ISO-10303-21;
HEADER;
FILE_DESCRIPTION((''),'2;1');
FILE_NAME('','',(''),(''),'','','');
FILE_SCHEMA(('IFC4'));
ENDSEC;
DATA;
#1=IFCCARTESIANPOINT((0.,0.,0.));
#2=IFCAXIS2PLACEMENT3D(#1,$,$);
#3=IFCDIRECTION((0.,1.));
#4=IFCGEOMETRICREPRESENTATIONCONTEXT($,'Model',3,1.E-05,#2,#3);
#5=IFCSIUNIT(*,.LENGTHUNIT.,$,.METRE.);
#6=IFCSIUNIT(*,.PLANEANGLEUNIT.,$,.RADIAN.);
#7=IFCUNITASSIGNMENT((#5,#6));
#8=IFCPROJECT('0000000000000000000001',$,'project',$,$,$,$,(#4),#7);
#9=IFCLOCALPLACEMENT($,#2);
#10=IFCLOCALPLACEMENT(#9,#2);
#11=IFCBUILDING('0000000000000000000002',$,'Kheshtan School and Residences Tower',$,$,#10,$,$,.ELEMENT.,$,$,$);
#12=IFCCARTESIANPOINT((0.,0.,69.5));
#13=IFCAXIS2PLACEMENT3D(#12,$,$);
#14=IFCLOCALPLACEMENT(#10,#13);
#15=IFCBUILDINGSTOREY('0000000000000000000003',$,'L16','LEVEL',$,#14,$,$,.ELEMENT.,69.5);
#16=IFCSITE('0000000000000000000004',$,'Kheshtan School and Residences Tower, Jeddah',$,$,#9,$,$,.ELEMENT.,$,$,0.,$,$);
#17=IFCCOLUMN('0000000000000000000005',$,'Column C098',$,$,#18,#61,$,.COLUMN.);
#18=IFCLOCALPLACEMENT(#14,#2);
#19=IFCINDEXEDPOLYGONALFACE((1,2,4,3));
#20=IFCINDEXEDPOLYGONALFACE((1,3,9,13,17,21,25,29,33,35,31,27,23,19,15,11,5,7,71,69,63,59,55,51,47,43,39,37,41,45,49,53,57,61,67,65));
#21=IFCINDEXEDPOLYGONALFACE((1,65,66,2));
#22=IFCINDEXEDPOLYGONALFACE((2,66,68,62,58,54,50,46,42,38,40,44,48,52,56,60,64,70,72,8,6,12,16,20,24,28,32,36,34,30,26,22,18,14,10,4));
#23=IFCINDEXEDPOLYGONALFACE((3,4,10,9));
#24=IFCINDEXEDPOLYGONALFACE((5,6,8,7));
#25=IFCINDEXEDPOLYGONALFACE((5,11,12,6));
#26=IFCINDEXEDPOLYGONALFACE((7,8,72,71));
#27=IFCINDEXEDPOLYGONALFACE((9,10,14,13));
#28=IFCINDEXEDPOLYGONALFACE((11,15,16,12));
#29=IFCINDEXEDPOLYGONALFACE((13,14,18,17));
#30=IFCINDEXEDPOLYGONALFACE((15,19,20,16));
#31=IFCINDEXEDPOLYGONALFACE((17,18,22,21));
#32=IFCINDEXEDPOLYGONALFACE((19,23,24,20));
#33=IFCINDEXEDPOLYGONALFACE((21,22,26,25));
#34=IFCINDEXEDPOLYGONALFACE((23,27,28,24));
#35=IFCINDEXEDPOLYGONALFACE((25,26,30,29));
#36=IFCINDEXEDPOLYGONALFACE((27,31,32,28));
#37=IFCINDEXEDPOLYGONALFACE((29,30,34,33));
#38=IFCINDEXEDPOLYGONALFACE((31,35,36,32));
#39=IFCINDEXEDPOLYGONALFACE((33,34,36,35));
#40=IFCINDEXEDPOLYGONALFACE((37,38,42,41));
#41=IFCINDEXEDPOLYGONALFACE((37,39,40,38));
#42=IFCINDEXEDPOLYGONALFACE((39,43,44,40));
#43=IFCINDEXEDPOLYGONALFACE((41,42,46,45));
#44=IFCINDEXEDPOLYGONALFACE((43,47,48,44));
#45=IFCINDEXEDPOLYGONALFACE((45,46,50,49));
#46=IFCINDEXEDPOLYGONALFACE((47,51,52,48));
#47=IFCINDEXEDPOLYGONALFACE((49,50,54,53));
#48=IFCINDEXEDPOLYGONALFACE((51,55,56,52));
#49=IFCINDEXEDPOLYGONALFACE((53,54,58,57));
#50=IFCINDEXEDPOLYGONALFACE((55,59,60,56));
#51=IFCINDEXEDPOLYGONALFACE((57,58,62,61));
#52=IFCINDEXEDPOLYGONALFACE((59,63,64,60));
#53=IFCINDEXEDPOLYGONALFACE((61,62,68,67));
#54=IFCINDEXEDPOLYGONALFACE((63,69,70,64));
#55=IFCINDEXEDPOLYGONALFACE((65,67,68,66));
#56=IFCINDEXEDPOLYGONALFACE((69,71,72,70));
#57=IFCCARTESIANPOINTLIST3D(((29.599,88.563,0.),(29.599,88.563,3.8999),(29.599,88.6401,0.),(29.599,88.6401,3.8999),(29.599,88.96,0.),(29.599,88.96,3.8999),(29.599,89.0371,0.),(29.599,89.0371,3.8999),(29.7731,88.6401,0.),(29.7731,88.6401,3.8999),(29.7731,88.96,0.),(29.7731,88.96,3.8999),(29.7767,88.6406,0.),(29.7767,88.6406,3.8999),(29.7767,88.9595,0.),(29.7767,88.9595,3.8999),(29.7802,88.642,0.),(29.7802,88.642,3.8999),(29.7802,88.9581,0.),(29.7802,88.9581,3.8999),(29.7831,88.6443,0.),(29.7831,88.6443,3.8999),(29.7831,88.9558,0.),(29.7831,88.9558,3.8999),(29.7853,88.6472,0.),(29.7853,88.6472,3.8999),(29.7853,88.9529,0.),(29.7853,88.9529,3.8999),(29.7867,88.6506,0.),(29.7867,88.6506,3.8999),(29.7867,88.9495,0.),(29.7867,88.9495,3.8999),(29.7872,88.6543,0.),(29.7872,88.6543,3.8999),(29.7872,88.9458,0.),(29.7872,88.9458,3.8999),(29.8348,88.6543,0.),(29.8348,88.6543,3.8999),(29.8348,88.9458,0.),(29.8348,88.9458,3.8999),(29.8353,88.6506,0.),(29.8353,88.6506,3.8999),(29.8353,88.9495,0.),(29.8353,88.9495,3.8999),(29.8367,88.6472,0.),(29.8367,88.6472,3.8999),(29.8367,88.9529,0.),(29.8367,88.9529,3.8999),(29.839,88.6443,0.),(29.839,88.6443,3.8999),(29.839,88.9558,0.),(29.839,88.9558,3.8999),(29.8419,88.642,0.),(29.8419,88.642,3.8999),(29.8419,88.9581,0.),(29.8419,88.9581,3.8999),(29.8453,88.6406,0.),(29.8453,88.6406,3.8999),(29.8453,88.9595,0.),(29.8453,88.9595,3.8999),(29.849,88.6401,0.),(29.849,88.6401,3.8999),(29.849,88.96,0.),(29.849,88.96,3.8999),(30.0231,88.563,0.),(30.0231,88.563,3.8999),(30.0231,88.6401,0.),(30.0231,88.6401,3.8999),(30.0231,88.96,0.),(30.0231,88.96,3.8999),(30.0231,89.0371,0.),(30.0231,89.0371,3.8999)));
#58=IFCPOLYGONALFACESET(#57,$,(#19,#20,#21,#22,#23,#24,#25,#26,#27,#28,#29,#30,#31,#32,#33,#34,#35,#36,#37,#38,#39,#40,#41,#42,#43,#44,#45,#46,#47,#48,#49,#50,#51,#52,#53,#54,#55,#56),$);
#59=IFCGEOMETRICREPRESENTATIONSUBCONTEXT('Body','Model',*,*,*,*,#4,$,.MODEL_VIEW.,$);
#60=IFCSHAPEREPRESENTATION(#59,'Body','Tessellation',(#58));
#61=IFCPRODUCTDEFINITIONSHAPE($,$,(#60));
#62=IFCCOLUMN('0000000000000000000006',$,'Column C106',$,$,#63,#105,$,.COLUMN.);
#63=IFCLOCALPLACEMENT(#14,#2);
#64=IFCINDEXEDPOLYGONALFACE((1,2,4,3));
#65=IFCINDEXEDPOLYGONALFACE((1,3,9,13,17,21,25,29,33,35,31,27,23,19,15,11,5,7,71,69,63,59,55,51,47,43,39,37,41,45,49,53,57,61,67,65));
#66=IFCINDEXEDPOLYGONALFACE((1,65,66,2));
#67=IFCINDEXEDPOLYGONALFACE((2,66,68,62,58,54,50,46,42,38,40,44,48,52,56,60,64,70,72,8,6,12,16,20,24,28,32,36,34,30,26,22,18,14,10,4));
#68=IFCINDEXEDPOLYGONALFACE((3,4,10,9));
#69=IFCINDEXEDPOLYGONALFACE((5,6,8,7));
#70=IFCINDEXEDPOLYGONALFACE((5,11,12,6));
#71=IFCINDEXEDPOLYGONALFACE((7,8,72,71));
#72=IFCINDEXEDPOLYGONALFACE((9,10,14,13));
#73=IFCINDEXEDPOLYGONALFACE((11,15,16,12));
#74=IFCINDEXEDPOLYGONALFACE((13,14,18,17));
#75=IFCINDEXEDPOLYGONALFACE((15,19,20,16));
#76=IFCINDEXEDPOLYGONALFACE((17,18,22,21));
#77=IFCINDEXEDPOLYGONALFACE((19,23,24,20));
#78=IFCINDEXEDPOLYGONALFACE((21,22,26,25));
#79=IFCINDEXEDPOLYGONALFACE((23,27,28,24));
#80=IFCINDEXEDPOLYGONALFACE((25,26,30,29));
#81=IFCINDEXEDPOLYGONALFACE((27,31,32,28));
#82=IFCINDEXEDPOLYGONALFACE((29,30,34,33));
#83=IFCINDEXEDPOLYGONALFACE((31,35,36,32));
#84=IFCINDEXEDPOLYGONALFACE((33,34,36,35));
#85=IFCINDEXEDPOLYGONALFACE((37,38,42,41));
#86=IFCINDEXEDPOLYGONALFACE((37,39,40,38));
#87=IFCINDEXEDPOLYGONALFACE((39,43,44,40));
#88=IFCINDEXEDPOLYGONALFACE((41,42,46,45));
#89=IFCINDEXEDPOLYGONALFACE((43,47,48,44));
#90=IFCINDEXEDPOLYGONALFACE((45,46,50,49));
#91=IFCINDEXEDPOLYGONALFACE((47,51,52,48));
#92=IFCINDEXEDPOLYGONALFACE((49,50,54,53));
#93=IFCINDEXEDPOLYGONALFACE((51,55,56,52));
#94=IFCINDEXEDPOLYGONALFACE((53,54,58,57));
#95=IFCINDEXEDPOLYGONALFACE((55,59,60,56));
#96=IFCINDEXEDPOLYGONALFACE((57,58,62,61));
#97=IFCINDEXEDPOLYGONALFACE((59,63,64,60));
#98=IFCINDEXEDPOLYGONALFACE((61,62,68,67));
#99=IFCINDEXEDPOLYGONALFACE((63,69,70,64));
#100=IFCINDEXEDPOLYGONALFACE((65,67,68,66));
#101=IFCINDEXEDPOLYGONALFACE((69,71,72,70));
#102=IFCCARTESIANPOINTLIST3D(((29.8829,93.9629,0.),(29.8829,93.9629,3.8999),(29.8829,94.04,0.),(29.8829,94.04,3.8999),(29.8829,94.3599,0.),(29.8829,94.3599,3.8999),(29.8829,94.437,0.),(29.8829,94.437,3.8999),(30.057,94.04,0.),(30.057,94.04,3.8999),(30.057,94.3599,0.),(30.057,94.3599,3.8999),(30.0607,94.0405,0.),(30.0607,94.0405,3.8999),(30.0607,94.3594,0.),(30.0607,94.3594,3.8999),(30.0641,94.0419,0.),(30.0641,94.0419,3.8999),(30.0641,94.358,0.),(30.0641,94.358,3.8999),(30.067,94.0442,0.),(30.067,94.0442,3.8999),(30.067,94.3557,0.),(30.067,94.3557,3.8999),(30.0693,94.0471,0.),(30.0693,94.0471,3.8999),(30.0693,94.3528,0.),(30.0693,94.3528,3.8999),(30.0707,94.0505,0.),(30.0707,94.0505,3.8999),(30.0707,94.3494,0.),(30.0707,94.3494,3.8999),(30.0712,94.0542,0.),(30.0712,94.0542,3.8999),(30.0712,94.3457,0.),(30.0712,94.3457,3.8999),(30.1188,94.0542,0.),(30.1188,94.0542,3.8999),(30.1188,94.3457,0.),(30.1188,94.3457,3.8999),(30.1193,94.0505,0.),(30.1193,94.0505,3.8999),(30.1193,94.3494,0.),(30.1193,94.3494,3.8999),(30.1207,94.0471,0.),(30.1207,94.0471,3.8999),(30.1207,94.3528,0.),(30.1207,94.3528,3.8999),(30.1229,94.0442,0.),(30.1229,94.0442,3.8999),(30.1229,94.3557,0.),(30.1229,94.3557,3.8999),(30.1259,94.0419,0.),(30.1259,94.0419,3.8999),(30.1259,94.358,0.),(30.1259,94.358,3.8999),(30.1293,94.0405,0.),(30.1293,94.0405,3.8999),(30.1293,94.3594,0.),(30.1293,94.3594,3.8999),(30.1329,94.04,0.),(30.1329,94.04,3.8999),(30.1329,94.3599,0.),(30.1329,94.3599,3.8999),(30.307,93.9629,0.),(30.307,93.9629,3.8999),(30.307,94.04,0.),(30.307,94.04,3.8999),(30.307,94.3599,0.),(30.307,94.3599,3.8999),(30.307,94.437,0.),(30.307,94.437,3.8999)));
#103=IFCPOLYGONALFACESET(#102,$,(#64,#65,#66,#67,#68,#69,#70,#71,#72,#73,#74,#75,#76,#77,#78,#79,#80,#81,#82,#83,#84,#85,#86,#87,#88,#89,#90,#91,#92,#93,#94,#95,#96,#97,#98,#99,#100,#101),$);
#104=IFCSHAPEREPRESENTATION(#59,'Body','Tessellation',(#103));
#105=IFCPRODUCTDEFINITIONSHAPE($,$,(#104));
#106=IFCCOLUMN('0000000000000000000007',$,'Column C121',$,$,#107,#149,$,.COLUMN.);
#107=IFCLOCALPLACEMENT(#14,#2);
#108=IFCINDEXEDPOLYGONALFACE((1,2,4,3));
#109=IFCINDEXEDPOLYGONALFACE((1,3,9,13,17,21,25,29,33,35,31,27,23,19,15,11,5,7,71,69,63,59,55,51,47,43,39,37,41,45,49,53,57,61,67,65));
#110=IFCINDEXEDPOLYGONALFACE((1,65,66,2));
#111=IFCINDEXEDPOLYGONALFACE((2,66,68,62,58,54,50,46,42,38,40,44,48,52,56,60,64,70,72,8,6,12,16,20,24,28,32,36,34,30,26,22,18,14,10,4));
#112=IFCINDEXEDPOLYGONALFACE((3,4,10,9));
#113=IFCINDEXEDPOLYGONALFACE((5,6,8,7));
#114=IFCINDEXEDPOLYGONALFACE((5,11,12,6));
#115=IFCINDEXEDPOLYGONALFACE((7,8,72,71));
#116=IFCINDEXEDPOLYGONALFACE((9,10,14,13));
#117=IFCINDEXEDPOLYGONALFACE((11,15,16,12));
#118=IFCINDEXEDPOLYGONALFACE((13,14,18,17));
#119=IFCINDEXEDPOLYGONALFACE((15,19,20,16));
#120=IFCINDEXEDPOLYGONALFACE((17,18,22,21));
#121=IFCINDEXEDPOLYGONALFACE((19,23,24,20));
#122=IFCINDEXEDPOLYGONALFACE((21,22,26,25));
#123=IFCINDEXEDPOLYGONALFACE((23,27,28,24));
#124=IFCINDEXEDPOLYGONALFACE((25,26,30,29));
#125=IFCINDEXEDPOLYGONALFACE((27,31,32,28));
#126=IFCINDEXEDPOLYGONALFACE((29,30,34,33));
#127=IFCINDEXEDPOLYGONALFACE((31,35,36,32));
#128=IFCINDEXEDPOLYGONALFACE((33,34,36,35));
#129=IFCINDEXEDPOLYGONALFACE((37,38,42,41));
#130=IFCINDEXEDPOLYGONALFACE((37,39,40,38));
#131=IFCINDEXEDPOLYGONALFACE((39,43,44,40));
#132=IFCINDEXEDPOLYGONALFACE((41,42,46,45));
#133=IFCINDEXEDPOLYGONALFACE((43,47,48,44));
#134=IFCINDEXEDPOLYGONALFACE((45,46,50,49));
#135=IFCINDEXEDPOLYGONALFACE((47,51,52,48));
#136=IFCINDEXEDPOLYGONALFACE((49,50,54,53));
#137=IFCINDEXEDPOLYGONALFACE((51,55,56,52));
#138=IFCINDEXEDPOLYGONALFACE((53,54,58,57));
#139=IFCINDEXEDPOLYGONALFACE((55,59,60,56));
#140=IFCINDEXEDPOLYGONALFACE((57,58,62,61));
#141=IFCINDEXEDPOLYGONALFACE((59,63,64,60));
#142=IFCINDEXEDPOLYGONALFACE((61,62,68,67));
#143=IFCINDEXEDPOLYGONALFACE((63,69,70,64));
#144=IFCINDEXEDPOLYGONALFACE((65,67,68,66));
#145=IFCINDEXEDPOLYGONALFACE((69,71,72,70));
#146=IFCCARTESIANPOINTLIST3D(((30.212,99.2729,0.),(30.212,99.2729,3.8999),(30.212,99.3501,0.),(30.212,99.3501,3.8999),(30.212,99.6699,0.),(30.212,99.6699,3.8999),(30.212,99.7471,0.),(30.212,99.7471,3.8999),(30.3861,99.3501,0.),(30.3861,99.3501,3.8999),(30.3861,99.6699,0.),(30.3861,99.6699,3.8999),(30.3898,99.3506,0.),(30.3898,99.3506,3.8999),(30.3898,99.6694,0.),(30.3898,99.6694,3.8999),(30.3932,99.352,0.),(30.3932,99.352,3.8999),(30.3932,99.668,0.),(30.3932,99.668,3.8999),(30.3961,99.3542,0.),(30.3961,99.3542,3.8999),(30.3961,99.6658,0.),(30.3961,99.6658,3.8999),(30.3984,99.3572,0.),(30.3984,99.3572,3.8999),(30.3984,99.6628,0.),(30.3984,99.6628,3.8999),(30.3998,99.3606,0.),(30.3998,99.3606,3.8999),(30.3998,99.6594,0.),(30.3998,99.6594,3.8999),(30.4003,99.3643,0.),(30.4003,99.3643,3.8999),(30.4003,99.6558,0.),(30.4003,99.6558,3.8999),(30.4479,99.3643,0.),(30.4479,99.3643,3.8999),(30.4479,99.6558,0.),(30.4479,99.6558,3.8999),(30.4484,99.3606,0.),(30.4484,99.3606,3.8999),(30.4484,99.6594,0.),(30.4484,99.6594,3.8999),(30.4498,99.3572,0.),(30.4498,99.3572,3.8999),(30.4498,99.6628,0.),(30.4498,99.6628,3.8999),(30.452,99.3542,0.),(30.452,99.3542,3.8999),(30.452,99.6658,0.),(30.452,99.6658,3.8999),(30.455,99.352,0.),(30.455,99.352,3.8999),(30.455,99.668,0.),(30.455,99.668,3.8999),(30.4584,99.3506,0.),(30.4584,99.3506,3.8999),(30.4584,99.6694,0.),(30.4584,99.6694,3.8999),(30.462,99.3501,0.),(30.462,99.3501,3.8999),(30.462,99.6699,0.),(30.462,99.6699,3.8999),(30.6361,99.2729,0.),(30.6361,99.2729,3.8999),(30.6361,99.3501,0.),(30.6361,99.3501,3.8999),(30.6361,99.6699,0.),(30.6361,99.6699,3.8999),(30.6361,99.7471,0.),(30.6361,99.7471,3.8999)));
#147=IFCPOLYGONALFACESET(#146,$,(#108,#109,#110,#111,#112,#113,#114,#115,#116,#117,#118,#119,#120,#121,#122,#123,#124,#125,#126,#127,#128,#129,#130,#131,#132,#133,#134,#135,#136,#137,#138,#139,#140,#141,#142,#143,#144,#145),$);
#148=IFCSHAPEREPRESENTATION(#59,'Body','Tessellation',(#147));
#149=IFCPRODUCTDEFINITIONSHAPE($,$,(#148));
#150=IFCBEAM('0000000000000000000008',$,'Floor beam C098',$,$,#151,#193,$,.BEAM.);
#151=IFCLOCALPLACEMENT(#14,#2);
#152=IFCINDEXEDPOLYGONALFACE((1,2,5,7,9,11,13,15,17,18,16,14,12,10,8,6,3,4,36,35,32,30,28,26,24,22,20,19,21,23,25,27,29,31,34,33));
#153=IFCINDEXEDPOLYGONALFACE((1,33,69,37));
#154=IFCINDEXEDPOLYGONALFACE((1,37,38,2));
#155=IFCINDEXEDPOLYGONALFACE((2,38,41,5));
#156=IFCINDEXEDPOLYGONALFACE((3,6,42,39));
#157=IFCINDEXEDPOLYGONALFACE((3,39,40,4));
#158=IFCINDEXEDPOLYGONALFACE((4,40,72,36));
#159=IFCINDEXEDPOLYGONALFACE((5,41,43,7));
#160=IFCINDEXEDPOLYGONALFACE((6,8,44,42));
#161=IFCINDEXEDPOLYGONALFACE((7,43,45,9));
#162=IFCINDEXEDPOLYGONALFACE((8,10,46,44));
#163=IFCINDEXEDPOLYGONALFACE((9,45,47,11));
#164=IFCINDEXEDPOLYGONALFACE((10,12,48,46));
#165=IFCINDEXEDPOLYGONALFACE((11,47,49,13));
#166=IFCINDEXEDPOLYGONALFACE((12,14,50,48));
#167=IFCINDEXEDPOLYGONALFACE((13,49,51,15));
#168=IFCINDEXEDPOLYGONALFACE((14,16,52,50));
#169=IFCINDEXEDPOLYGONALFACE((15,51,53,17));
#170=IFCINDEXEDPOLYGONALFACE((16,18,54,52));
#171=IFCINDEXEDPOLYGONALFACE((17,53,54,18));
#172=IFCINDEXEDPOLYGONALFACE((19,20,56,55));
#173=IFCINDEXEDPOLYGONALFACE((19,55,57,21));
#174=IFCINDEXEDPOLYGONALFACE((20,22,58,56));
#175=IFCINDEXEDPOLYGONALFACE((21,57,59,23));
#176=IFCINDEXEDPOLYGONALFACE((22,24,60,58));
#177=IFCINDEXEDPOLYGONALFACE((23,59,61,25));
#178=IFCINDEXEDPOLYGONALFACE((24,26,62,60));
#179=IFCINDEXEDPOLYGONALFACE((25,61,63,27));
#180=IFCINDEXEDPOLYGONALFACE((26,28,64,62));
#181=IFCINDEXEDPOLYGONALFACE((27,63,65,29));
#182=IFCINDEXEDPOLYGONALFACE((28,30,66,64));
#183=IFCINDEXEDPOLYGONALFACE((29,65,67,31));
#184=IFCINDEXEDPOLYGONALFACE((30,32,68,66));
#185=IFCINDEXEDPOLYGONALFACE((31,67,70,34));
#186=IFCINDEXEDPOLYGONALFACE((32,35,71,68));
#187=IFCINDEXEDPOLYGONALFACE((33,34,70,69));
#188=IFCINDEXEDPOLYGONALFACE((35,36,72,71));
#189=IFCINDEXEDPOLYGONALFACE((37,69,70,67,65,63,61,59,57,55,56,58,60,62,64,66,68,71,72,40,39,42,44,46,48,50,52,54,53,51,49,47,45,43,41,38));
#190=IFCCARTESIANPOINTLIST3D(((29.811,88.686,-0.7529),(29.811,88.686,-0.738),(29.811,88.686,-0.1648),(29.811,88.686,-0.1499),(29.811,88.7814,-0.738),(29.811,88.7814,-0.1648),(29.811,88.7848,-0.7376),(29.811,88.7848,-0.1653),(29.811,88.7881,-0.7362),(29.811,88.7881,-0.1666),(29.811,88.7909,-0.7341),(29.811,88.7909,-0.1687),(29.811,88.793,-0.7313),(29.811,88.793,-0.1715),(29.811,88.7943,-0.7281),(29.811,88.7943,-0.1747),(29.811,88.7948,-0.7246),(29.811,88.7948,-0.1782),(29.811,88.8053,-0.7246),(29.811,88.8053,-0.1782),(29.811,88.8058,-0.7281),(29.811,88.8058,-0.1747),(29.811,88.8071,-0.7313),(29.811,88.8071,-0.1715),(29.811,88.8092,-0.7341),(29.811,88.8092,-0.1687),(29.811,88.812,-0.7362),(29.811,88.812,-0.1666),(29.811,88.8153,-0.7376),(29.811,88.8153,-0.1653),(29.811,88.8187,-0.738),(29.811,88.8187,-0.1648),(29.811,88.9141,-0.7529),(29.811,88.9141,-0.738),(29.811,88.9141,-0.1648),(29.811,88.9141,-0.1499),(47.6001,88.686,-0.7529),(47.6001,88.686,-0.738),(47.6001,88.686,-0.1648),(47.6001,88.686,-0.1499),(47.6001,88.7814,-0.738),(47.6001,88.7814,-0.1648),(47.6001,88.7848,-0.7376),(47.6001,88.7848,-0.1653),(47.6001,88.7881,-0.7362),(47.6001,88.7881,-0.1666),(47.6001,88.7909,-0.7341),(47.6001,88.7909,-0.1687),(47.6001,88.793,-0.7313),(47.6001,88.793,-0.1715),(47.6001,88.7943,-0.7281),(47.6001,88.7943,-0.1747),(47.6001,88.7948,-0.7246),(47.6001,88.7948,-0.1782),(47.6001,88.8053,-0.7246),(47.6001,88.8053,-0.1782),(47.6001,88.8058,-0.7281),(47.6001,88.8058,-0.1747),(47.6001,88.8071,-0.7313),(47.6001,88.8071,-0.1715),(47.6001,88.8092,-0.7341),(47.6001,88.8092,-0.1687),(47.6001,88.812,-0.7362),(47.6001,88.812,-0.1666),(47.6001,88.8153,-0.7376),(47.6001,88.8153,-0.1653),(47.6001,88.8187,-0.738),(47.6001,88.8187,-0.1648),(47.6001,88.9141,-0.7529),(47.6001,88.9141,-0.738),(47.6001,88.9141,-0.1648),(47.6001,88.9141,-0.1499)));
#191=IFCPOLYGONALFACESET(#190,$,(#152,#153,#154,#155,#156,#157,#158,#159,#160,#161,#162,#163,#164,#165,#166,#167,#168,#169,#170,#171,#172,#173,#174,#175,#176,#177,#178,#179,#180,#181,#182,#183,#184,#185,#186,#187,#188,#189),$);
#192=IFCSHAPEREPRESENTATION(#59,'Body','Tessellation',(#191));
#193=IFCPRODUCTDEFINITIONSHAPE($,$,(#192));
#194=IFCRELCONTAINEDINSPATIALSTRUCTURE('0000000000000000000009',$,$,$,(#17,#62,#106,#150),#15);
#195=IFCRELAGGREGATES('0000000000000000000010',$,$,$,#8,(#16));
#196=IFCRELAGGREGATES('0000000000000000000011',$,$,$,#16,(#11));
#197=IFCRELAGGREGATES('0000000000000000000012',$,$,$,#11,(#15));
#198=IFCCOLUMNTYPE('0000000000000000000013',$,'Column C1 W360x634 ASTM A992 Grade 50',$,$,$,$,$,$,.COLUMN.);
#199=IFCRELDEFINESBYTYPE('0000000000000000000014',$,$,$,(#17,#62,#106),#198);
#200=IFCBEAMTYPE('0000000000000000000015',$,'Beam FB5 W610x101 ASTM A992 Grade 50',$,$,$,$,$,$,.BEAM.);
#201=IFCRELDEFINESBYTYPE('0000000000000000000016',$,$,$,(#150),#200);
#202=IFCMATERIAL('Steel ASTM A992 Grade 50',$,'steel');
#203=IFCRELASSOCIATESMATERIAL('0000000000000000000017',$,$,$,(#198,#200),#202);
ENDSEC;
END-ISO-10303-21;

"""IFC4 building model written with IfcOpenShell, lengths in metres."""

from ifc_helpers import new_model, si_unit, direction, frame, origin, origin_2d, place, context, subcontext, project, spatial, i_section, extrude, material, material_profile, profile_set, type_object, element, save


model = new_model("IFC4")

# Units and contexts
model_context = context("Model", 3, precision=1e-05, world=origin(), true_north=direction((0.0, 1.0)))
body_context = subcontext(model_context, "Body", "Model", "MODEL_VIEW")
ifc_project = project(units=[si_unit("LENGTHUNIT", "METRE"), si_unit("PLANEANGLEUNIT", "RADIAN")], contexts=[model_context])

# Site, building, storey
site_placement = place(None, origin())
site = spatial("IfcSite", under=ifc_project, at=site_placement, Name="Kheshtan School and Residences Tower, Jeddah", CompositionType="ELEMENT", RefElevation=0.0)
building_placement = place(site_placement, origin())
building = spatial("IfcBuilding", under=site, at=building_placement, Name="Kheshtan School and Residences Tower", CompositionType="ELEMENT")
storey_placement = place(building_placement, frame((0.0, 0.0, 69.5)))
storey = spatial("IfcBuildingStorey", under=building, at=storey_placement, Name="L16", Description="LEVEL", CompositionType="ELEMENT", Elevation=69.5)

# Columns
ifc_material_1 = material(Name="Steel ASTM A992 Grade 50", Category="steel")
ifc_material_profile_1 = material_profile(ifc_material_1, i_section(OverallWidth=0.4241, OverallDepth=0.4741, WebThickness=0.0476, FlangeThickness=0.0771, FilletRadius=0.0142, at=origin_2d()), Name="W360x634")
ifc_profile_set_1 = profile_set([ifc_material_profile_1], Name="Steel ASTM A992 Grade 50")
column_type = type_object("IfcColumnType", Name="Column C1 W360x634 ASTM A992 Grade 50", PredefinedType="COLUMN", material=ifc_profile_set_1)
for number, where, z_axis, x_axis, name in (
    (1, (29.811, 88.8, 0.0), (0.0, 0.0, 1.0), (1.0, 0.0, 0.0), "Column C098"),
    (2, (30.095, 94.2, 0.0), (0.0, 0.0, 1.0), (1.0, 0.0, 0.0), "Column C106"),
    (3, (30.4241, 99.51, 0.0), (0.0, 0.0, 1.0), (1.0, 0.0, 0.0), "Column C121"),
):
    element("IfcColumn", number, at=place(storey_placement, frame(where, z_axis=z_axis, x_axis=x_axis)), inside=storey, type_object=column_type, Name=name, PredefinedType="COLUMN", context=body_context, shape_type="SweptSolid", body=[
        extrude(i_section(OverallWidth=0.4241, OverallDepth=0.4741, WebThickness=0.0476, FlangeThickness=0.0771, FilletRadius=0.0142, at=origin_2d()), origin(), (0.0, 0.0, 1.0), 3.8999),
    ])

# Beam
ifc_material_profile_2 = material_profile(ifc_material_1, i_section(OverallWidth=0.228, OverallDepth=0.603, WebThickness=0.0105, FlangeThickness=0.0149, FilletRadius=0.0134, at=origin_2d()), Name="W610x101")
ifc_profile_set_2 = profile_set([ifc_material_profile_2], Name="Steel ASTM A992 Grade 50")
beam_type_1 = type_object("IfcBeamType", Name="Beam FB5 W610x101 ASTM A992 Grade 50", PredefinedType="BEAM", material=ifc_profile_set_2)
beam_1_placement = place(storey_placement, frame((29.811, 88.8, -0.4514), z_axis=(1.0, 0.0, 0.0), x_axis=(0.0, 1.0, 0.0)))
element("IfcBeam", 4, at=beam_1_placement, inside=storey, type_object=beam_type_1, Name="Floor beam C098", PredefinedType="BEAM", context=body_context, shape_type="SweptSolid", body=[
    extrude(i_section(OverallWidth=0.228, OverallDepth=0.603, WebThickness=0.0105, FlangeThickness=0.0149, FilletRadius=0.0134, at=origin_2d()), origin(), (0.0, 0.0, 1.0), 17.7891),
])

save(model, "model.ifc")
